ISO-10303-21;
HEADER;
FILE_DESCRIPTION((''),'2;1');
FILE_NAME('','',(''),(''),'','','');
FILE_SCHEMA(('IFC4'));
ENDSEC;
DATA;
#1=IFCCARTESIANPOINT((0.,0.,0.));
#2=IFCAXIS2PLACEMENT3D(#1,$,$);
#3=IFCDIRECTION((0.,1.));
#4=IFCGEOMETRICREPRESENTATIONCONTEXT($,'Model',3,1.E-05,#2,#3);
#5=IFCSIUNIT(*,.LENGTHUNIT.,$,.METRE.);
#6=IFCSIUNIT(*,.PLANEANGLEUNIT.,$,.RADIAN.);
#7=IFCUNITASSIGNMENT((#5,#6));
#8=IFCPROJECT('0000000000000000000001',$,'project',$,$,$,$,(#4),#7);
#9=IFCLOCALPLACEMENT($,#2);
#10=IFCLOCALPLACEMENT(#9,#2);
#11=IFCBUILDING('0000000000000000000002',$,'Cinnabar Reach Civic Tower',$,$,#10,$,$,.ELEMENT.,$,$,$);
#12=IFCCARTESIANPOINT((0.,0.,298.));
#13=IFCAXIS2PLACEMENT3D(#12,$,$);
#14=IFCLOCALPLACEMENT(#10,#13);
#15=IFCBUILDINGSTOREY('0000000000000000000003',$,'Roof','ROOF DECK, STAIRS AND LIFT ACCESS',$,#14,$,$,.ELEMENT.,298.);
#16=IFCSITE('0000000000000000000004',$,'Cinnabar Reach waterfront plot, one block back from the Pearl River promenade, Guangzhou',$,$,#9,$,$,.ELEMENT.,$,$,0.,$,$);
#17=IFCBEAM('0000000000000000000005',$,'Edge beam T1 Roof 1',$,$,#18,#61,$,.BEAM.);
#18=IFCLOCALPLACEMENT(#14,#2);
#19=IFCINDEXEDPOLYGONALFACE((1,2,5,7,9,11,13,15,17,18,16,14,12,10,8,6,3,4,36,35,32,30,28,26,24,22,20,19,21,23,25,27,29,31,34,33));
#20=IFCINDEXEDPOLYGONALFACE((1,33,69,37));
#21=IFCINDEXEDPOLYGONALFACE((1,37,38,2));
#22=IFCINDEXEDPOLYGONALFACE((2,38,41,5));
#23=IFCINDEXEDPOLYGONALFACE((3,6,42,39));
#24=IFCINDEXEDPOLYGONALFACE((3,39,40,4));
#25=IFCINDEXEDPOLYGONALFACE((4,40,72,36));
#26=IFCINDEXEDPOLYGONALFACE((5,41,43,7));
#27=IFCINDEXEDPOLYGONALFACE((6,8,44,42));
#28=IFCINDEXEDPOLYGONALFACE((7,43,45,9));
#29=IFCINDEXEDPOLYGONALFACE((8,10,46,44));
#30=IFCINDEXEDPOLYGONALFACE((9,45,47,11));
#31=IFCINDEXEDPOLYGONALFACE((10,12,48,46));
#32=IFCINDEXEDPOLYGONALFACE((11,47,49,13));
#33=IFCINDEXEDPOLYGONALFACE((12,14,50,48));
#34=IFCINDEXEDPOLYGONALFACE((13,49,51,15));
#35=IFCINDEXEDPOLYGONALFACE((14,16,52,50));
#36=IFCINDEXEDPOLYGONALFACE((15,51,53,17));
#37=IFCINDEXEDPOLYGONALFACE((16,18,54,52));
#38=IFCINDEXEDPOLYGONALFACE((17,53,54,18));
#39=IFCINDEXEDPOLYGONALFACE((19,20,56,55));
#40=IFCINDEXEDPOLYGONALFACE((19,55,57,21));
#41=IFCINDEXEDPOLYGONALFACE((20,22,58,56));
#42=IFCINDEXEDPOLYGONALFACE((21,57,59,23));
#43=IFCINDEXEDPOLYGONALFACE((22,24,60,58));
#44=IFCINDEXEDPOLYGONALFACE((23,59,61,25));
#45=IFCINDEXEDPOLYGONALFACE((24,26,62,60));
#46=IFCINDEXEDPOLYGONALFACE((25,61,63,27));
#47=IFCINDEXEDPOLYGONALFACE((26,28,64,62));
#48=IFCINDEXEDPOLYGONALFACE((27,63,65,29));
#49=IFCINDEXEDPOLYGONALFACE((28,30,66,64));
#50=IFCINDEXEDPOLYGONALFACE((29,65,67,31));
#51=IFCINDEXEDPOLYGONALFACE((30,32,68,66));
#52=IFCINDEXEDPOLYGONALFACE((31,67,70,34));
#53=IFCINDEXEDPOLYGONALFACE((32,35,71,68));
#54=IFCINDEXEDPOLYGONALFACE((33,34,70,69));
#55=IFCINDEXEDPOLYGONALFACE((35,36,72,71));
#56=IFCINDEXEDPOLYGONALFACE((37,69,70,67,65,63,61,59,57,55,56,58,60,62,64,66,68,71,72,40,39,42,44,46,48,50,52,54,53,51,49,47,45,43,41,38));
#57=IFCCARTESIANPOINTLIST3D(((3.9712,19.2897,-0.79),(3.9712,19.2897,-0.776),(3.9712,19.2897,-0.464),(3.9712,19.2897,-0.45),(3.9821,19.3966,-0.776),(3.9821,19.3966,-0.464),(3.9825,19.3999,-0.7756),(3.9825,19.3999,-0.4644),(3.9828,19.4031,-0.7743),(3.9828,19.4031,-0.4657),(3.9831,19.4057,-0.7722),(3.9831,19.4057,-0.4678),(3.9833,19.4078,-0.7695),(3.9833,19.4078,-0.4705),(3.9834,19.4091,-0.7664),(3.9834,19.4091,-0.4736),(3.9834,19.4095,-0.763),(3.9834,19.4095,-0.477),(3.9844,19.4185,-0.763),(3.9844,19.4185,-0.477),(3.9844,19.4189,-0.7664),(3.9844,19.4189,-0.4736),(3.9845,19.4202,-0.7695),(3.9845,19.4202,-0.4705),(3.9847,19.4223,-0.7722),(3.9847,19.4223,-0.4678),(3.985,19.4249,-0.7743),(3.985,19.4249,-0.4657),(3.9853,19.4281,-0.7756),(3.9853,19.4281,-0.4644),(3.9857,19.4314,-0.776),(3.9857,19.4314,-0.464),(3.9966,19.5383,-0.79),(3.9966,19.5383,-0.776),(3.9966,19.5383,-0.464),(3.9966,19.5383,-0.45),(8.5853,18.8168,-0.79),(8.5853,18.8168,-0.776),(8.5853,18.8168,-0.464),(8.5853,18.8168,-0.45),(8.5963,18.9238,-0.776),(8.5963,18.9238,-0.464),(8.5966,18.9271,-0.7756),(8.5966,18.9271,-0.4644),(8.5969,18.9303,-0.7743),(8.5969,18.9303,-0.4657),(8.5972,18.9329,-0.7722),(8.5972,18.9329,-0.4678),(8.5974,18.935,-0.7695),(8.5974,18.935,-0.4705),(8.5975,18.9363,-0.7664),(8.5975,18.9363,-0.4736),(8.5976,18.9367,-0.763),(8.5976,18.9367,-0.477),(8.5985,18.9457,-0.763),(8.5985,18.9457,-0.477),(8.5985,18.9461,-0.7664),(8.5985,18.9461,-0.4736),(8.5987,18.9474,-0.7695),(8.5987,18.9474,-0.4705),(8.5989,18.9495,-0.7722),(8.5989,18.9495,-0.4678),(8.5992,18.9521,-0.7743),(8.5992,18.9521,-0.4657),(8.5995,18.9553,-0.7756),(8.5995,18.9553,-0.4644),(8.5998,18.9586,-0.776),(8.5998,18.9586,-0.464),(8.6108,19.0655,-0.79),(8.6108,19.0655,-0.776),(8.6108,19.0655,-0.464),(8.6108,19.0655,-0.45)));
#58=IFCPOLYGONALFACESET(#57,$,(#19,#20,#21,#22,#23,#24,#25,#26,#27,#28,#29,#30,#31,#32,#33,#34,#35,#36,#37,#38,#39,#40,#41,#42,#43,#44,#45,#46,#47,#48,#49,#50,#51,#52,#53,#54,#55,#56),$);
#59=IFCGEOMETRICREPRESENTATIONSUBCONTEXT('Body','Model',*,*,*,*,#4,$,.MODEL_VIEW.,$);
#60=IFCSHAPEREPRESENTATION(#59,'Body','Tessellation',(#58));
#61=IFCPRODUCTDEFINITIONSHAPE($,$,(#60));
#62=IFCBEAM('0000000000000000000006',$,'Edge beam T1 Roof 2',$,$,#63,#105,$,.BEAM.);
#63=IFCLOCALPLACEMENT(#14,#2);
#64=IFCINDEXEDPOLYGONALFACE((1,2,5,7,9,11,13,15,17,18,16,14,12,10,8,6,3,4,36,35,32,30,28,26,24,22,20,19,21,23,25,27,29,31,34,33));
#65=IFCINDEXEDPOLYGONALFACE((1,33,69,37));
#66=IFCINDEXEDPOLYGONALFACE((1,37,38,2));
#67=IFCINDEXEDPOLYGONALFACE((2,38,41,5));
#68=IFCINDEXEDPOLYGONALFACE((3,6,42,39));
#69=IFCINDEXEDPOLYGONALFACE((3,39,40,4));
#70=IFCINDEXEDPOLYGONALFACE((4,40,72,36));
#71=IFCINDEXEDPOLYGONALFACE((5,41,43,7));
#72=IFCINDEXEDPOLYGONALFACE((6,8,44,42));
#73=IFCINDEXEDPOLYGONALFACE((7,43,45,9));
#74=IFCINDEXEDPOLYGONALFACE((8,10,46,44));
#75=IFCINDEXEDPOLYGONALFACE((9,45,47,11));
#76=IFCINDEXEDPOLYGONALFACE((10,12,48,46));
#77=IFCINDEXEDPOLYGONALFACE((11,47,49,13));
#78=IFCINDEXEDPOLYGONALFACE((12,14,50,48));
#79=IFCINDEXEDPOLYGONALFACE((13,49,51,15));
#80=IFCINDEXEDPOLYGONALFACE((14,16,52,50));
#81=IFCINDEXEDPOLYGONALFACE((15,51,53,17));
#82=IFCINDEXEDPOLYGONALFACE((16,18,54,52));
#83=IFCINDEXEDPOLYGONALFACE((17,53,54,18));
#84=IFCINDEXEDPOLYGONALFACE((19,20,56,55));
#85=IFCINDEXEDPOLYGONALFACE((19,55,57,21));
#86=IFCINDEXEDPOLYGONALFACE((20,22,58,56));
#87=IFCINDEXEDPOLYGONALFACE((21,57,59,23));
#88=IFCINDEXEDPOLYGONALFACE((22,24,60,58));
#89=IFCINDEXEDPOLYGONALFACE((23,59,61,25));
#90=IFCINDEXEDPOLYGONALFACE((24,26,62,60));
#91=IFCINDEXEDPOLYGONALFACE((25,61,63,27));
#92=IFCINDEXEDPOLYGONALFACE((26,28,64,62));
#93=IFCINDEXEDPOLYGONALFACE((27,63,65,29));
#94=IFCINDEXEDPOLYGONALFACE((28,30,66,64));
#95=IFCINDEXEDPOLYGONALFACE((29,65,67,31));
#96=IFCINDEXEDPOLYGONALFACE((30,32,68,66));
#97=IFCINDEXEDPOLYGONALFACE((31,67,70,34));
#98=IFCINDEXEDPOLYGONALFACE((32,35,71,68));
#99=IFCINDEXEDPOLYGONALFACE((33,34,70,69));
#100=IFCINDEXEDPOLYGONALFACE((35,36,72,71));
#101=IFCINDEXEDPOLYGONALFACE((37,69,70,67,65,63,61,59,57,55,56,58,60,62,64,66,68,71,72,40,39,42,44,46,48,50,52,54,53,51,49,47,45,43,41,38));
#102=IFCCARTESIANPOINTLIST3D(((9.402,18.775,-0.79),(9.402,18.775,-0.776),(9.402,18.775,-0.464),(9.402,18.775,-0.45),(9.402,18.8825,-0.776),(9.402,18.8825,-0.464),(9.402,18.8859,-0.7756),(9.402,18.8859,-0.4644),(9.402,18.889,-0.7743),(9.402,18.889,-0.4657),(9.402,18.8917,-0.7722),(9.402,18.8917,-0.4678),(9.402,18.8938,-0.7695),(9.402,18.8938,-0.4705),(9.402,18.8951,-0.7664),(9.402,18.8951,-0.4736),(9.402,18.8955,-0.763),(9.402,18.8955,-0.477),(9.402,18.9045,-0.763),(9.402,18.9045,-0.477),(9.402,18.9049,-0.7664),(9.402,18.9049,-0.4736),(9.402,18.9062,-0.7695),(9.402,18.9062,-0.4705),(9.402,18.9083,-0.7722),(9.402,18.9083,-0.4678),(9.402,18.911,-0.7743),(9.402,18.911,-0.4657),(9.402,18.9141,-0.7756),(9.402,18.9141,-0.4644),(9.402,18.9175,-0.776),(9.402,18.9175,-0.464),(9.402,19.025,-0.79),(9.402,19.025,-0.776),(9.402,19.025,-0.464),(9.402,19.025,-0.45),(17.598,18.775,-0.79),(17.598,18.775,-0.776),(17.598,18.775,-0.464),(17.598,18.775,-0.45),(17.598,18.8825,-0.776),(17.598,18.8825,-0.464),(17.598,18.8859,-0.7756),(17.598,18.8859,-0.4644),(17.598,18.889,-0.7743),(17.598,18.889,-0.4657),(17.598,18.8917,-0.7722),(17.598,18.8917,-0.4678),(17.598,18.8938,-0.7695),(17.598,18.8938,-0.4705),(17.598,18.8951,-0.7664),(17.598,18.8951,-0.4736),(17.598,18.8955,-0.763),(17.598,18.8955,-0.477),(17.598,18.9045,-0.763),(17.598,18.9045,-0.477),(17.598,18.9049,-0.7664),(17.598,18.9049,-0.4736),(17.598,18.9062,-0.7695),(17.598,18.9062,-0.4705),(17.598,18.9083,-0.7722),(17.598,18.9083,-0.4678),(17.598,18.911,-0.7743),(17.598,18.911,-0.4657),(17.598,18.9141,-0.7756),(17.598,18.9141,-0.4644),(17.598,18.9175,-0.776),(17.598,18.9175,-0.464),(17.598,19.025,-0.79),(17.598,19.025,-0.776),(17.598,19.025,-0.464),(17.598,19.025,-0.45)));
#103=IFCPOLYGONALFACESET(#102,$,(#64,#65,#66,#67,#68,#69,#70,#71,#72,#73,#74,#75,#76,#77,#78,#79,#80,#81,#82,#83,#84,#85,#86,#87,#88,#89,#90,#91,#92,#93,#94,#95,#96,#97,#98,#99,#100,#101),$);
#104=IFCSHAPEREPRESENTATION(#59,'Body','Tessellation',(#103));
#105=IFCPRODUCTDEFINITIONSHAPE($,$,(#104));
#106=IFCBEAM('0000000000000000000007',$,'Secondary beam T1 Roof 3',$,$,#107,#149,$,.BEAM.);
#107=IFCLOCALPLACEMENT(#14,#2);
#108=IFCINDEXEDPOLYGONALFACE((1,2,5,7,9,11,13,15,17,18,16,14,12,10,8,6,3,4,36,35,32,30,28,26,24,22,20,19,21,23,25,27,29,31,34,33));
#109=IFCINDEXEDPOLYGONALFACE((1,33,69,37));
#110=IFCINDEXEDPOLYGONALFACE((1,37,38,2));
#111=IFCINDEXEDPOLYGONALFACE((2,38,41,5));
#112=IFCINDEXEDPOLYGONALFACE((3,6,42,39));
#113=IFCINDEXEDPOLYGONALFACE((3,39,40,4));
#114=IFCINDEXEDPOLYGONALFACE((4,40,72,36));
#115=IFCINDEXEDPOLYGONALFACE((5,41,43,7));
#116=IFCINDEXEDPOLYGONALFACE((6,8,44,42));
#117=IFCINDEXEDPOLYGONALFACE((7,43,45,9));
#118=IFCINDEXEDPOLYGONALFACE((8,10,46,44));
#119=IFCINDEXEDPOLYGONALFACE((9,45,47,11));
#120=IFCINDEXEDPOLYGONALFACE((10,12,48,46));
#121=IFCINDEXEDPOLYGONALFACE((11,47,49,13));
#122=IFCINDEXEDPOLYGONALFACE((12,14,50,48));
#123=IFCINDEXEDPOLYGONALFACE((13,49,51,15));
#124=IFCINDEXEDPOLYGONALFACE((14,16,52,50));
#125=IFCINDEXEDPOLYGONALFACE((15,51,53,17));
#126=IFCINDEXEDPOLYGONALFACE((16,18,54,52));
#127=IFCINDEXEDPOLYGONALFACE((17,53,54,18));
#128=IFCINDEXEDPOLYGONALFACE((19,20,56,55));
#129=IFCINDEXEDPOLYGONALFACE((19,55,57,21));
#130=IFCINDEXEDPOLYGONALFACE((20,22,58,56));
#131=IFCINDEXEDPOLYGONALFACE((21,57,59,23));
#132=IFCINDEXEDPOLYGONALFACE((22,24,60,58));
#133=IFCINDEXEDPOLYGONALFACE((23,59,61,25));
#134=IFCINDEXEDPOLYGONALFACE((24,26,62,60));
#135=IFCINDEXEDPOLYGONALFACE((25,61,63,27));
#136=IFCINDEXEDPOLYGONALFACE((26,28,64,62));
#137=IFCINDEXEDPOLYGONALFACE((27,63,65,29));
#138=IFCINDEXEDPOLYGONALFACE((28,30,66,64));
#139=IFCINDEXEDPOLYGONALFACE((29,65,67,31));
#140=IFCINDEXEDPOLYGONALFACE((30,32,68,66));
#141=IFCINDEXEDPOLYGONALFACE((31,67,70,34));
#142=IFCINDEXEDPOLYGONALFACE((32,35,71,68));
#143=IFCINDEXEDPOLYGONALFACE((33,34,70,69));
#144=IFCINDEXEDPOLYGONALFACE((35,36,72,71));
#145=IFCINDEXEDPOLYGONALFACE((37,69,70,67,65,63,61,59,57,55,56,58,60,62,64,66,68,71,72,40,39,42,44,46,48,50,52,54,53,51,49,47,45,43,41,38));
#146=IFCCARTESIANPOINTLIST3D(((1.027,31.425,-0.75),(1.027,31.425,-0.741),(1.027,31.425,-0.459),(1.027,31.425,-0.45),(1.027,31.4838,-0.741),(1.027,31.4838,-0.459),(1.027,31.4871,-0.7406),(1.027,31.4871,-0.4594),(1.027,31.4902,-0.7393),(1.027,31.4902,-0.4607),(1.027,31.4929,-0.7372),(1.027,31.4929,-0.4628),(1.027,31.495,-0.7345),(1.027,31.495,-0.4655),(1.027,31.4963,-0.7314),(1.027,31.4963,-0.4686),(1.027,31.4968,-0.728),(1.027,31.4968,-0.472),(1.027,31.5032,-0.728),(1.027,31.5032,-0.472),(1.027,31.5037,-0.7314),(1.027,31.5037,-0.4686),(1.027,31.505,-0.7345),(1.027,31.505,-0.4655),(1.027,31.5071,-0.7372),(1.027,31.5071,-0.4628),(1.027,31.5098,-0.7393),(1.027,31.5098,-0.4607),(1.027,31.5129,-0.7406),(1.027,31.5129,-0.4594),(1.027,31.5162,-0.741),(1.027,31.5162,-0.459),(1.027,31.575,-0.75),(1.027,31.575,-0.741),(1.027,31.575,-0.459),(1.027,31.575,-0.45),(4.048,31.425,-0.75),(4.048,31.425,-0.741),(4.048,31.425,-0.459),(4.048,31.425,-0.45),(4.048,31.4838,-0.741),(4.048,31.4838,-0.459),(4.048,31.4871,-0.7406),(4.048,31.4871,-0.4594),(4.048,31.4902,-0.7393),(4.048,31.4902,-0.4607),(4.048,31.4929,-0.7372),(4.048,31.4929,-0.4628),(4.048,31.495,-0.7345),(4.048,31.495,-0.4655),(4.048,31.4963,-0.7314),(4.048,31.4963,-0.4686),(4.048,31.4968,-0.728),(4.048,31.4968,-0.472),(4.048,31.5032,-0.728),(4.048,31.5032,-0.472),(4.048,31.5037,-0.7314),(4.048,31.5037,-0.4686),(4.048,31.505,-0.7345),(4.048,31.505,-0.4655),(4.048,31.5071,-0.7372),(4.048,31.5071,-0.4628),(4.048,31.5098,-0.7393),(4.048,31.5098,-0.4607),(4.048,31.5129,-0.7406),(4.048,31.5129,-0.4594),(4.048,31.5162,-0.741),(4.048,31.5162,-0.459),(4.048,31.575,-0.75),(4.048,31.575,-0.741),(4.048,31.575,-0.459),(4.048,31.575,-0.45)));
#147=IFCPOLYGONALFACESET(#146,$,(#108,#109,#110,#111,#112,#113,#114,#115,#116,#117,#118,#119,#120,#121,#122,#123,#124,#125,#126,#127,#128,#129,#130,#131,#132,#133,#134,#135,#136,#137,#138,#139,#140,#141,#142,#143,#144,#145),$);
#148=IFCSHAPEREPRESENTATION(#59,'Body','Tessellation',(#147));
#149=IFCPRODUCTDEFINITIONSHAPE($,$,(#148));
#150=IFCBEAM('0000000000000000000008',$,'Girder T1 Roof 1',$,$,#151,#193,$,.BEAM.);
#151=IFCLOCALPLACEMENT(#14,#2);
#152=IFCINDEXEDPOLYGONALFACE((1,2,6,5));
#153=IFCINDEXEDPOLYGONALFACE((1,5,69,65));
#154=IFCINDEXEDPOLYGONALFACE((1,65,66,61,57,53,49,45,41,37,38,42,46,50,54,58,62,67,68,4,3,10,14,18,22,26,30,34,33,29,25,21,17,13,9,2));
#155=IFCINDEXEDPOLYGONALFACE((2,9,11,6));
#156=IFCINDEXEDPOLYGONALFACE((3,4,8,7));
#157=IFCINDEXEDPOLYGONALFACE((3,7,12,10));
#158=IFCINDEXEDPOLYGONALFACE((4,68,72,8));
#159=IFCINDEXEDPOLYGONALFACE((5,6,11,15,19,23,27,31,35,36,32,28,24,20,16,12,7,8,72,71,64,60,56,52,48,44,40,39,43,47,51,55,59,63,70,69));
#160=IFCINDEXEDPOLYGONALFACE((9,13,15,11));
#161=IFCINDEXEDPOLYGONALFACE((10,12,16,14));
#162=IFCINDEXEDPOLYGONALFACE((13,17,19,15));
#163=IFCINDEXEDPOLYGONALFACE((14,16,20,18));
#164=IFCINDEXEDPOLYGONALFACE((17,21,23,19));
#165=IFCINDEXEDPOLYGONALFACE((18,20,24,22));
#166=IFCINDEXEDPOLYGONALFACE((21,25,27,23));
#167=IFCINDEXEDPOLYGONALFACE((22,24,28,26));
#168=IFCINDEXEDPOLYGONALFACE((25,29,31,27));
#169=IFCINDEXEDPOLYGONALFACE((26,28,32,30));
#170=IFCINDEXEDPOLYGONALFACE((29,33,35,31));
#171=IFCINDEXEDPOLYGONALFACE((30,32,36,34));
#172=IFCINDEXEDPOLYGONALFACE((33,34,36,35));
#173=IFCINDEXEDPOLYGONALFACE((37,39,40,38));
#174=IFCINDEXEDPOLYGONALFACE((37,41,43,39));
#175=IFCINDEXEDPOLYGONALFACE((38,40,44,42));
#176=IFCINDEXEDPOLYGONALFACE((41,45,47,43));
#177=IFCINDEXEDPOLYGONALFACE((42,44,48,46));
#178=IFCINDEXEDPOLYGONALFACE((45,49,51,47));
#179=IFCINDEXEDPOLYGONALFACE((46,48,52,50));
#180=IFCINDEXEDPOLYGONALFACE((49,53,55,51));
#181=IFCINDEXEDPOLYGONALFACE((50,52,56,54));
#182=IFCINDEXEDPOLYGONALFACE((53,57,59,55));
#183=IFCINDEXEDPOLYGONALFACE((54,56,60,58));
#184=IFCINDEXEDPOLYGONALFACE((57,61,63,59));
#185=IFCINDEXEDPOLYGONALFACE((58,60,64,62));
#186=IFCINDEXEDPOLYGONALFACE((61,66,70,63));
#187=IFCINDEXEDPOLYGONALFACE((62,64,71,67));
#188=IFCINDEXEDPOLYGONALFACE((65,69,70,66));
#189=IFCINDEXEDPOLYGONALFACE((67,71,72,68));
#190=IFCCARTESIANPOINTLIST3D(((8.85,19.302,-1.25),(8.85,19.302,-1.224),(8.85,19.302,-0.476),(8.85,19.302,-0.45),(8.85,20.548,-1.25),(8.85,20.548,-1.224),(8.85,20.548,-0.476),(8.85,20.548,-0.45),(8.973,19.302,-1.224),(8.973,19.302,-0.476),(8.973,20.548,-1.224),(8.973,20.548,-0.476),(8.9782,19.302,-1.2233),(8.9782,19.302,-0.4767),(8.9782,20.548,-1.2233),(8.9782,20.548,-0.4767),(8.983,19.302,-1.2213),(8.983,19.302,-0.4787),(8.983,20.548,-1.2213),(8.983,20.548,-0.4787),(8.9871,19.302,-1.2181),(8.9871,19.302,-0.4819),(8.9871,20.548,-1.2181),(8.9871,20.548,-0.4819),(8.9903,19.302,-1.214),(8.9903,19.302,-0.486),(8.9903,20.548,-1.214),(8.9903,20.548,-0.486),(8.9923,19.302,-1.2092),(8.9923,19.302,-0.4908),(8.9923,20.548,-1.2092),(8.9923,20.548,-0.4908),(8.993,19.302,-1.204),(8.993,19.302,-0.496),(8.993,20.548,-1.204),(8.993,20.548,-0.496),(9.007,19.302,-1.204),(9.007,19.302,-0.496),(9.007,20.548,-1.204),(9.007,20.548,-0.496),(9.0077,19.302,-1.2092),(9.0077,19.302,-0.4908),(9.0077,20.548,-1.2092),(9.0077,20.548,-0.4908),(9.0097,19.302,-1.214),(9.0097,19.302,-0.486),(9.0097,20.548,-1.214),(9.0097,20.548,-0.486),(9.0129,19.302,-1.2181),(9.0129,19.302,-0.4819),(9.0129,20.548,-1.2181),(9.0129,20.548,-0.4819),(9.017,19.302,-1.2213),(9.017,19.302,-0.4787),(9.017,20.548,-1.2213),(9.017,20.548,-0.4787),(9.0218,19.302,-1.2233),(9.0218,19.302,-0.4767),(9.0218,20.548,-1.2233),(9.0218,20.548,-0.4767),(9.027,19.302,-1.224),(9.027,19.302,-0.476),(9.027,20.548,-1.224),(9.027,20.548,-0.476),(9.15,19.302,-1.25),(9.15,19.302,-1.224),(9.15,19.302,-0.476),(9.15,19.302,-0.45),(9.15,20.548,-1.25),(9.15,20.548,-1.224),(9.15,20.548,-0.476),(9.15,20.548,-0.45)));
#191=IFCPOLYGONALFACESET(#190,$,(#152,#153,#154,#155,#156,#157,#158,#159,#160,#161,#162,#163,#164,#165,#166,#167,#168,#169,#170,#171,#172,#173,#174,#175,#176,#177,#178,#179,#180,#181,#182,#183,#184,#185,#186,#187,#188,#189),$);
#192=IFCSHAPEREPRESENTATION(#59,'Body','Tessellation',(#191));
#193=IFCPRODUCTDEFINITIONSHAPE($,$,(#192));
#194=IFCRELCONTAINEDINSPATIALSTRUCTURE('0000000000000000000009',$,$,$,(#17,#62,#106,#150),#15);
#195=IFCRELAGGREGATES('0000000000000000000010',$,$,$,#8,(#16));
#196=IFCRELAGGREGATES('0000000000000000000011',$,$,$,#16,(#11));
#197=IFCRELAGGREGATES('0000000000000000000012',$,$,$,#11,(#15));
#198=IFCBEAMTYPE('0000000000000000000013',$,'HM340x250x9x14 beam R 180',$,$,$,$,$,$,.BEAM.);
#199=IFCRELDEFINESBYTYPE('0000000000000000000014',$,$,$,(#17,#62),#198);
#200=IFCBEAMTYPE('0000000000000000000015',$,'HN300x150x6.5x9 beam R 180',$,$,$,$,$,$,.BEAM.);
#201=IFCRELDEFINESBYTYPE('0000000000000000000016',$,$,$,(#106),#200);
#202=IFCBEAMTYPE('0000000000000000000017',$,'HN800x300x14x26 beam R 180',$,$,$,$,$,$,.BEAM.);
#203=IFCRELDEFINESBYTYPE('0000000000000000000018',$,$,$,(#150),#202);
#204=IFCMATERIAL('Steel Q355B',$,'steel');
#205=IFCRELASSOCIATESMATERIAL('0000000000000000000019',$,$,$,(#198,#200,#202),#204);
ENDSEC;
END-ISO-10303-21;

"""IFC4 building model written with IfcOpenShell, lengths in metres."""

from ifc_helpers import new_model, si_unit, direction, frame, origin, origin_2d, place, context, subcontext, project, spatial, i_section, extrude, material, material_profile, profile_set, type_object, element, save


model = new_model("IFC4")

# Units and contexts
model_context = context("Model", 3, precision=1e-05, world=origin(), true_north=direction((0.0, 1.0)))
body_context = subcontext(model_context, "Body", "Model", "MODEL_VIEW")
ifc_project = project(units=[si_unit("LENGTHUNIT", "METRE"), si_unit("PLANEANGLEUNIT", "RADIAN")], contexts=[model_context])

# Site, building, storey
site_placement = place(None, origin())
site = spatial("IfcSite", under=ifc_project, at=site_placement, Name="Cinnabar Reach waterfront plot, one block back from the Pearl River promenade, Guangzhou", CompositionType="ELEMENT", RefElevation=0.0)
building_placement = place(site_placement, origin())
building = spatial("IfcBuilding", under=site, at=building_placement, Name="Cinnabar Reach Civic Tower", CompositionType="ELEMENT")
storey_placement = place(building_placement, frame((0.0, 0.0, 298.0)))
storey = spatial("IfcBuildingStorey", under=building, at=storey_placement, Name="Roof", Description="ROOF DECK, STAIRS AND LIFT ACCESS", CompositionType="ELEMENT", Elevation=298.0)

# Beams
ifc_material_1 = material(Name="Steel Q355B", Category="steel")
ifc_material_profile_1 = material_profile(ifc_material_1, i_section(OverallWidth=0.25, OverallDepth=0.34, WebThickness=0.009, FlangeThickness=0.014, FilletRadius=0.013, at=origin_2d()), Name="HM340x250x9x14")
ifc_profile_set_1 = profile_set([ifc_material_profile_1], Name="Steel Q355B")
beam_type_1 = type_object("IfcBeamType", Name="HM340x250x9x14 beam R 180", PredefinedType="BEAM", material=ifc_profile_set_1)
beam_1_placement = place(storey_placement, frame((3.9839, 19.414, -0.62), z_axis=(0.994791, -0.101935, 0.0), x_axis=(0.101935, 0.994791, 0.0)))
element("IfcBeam", 1, at=beam_1_placement, inside=storey, type_object=beam_type_1, Name="Edge beam T1 Roof 1", PredefinedType="BEAM", context=body_context, shape_type="SweptSolid", body=[
    extrude(i_section(OverallWidth=0.25, OverallDepth=0.34, WebThickness=0.009, FlangeThickness=0.014, FilletRadius=0.013, at=origin_2d()), origin(), (0.0, 0.0, 1.0), 4.6383),
])
beam_2_placement = place(storey_placement, frame((9.402, 18.9, -0.62), z_axis=(1.0, 0.0, 0.0), x_axis=(0.0, 1.0, 0.0)))
element("IfcBeam", 2, at=beam_2_placement, inside=storey, type_object=beam_type_1, Name="Edge beam T1 Roof 2", PredefinedType="BEAM", context=body_context, shape_type="SweptSolid", body=[
    extrude(i_section(OverallWidth=0.25, OverallDepth=0.34, WebThickness=0.009, FlangeThickness=0.014, FilletRadius=0.013, at=origin_2d()), origin(), (0.0, 0.0, 1.0), 8.196),
])
ifc_material_profile_2 = material_profile(ifc_material_1, i_section(OverallWidth=0.15, OverallDepth=0.3, WebThickness=0.0065, FlangeThickness=0.009, FilletRadius=0.013, at=origin_2d()), Name="HN300x150x6.5x9")
ifc_profile_set_2 = profile_set([ifc_material_profile_2], Name="Steel Q355B")
beam_type_2 = type_object("IfcBeamType", Name="HN300x150x6.5x9 beam R 180", PredefinedType="BEAM", material=ifc_profile_set_2)
beam_3_placement = place(storey_placement, frame((1.027, 31.5, -0.6), z_axis=(1.0, 0.0, 0.0), x_axis=(0.0, 1.0, 0.0)))
element("IfcBeam", 3, at=beam_3_placement, inside=storey, type_object=beam_type_2, Name="Secondary beam T1 Roof 3", PredefinedType="BEAM", context=body_context, shape_type="SweptSolid", body=[
    extrude(i_section(OverallWidth=0.15, OverallDepth=0.3, WebThickness=0.0065, FlangeThickness=0.009, FilletRadius=0.013, at=origin_2d()), origin(), (0.0, 0.0, 1.0), 3.021),
])
ifc_material_profile_3 = material_profile(ifc_material_1, i_section(OverallWidth=0.3, OverallDepth=0.8, WebThickness=0.014, FlangeThickness=0.026, FilletRadius=0.02, at=origin_2d()), Name="HN800x300x14x26")
ifc_profile_set_3 = profile_set([ifc_material_profile_3], Name="Steel Q355B")
beam_type_3 = type_object("IfcBeamType", Name="HN800x300x14x26 beam R 180", PredefinedType="BEAM", material=ifc_profile_set_3)
for number, where, z_axis, x_axis, name in (
    (4, (9.0, 19.302, -0.85), (0.0, 1.0, 0.0), (-1.0, 0.0, 0.0), "Girder T1 Roof 1"),
):
    element("IfcBeam", number, at=place(storey_placement, frame(where, z_axis=z_axis, x_axis=x_axis)), inside=storey, type_object=beam_type_3, Name=name, PredefinedType="BEAM", context=body_context, shape_type="SweptSolid", body=[
        extrude(i_section(OverallWidth=0.3, OverallDepth=0.8, WebThickness=0.014, FlangeThickness=0.026, FilletRadius=0.02, at=origin_2d()), origin(), (0.0, 0.0, 1.0), 1.246),
    ])

save(model, "model.ifc")
